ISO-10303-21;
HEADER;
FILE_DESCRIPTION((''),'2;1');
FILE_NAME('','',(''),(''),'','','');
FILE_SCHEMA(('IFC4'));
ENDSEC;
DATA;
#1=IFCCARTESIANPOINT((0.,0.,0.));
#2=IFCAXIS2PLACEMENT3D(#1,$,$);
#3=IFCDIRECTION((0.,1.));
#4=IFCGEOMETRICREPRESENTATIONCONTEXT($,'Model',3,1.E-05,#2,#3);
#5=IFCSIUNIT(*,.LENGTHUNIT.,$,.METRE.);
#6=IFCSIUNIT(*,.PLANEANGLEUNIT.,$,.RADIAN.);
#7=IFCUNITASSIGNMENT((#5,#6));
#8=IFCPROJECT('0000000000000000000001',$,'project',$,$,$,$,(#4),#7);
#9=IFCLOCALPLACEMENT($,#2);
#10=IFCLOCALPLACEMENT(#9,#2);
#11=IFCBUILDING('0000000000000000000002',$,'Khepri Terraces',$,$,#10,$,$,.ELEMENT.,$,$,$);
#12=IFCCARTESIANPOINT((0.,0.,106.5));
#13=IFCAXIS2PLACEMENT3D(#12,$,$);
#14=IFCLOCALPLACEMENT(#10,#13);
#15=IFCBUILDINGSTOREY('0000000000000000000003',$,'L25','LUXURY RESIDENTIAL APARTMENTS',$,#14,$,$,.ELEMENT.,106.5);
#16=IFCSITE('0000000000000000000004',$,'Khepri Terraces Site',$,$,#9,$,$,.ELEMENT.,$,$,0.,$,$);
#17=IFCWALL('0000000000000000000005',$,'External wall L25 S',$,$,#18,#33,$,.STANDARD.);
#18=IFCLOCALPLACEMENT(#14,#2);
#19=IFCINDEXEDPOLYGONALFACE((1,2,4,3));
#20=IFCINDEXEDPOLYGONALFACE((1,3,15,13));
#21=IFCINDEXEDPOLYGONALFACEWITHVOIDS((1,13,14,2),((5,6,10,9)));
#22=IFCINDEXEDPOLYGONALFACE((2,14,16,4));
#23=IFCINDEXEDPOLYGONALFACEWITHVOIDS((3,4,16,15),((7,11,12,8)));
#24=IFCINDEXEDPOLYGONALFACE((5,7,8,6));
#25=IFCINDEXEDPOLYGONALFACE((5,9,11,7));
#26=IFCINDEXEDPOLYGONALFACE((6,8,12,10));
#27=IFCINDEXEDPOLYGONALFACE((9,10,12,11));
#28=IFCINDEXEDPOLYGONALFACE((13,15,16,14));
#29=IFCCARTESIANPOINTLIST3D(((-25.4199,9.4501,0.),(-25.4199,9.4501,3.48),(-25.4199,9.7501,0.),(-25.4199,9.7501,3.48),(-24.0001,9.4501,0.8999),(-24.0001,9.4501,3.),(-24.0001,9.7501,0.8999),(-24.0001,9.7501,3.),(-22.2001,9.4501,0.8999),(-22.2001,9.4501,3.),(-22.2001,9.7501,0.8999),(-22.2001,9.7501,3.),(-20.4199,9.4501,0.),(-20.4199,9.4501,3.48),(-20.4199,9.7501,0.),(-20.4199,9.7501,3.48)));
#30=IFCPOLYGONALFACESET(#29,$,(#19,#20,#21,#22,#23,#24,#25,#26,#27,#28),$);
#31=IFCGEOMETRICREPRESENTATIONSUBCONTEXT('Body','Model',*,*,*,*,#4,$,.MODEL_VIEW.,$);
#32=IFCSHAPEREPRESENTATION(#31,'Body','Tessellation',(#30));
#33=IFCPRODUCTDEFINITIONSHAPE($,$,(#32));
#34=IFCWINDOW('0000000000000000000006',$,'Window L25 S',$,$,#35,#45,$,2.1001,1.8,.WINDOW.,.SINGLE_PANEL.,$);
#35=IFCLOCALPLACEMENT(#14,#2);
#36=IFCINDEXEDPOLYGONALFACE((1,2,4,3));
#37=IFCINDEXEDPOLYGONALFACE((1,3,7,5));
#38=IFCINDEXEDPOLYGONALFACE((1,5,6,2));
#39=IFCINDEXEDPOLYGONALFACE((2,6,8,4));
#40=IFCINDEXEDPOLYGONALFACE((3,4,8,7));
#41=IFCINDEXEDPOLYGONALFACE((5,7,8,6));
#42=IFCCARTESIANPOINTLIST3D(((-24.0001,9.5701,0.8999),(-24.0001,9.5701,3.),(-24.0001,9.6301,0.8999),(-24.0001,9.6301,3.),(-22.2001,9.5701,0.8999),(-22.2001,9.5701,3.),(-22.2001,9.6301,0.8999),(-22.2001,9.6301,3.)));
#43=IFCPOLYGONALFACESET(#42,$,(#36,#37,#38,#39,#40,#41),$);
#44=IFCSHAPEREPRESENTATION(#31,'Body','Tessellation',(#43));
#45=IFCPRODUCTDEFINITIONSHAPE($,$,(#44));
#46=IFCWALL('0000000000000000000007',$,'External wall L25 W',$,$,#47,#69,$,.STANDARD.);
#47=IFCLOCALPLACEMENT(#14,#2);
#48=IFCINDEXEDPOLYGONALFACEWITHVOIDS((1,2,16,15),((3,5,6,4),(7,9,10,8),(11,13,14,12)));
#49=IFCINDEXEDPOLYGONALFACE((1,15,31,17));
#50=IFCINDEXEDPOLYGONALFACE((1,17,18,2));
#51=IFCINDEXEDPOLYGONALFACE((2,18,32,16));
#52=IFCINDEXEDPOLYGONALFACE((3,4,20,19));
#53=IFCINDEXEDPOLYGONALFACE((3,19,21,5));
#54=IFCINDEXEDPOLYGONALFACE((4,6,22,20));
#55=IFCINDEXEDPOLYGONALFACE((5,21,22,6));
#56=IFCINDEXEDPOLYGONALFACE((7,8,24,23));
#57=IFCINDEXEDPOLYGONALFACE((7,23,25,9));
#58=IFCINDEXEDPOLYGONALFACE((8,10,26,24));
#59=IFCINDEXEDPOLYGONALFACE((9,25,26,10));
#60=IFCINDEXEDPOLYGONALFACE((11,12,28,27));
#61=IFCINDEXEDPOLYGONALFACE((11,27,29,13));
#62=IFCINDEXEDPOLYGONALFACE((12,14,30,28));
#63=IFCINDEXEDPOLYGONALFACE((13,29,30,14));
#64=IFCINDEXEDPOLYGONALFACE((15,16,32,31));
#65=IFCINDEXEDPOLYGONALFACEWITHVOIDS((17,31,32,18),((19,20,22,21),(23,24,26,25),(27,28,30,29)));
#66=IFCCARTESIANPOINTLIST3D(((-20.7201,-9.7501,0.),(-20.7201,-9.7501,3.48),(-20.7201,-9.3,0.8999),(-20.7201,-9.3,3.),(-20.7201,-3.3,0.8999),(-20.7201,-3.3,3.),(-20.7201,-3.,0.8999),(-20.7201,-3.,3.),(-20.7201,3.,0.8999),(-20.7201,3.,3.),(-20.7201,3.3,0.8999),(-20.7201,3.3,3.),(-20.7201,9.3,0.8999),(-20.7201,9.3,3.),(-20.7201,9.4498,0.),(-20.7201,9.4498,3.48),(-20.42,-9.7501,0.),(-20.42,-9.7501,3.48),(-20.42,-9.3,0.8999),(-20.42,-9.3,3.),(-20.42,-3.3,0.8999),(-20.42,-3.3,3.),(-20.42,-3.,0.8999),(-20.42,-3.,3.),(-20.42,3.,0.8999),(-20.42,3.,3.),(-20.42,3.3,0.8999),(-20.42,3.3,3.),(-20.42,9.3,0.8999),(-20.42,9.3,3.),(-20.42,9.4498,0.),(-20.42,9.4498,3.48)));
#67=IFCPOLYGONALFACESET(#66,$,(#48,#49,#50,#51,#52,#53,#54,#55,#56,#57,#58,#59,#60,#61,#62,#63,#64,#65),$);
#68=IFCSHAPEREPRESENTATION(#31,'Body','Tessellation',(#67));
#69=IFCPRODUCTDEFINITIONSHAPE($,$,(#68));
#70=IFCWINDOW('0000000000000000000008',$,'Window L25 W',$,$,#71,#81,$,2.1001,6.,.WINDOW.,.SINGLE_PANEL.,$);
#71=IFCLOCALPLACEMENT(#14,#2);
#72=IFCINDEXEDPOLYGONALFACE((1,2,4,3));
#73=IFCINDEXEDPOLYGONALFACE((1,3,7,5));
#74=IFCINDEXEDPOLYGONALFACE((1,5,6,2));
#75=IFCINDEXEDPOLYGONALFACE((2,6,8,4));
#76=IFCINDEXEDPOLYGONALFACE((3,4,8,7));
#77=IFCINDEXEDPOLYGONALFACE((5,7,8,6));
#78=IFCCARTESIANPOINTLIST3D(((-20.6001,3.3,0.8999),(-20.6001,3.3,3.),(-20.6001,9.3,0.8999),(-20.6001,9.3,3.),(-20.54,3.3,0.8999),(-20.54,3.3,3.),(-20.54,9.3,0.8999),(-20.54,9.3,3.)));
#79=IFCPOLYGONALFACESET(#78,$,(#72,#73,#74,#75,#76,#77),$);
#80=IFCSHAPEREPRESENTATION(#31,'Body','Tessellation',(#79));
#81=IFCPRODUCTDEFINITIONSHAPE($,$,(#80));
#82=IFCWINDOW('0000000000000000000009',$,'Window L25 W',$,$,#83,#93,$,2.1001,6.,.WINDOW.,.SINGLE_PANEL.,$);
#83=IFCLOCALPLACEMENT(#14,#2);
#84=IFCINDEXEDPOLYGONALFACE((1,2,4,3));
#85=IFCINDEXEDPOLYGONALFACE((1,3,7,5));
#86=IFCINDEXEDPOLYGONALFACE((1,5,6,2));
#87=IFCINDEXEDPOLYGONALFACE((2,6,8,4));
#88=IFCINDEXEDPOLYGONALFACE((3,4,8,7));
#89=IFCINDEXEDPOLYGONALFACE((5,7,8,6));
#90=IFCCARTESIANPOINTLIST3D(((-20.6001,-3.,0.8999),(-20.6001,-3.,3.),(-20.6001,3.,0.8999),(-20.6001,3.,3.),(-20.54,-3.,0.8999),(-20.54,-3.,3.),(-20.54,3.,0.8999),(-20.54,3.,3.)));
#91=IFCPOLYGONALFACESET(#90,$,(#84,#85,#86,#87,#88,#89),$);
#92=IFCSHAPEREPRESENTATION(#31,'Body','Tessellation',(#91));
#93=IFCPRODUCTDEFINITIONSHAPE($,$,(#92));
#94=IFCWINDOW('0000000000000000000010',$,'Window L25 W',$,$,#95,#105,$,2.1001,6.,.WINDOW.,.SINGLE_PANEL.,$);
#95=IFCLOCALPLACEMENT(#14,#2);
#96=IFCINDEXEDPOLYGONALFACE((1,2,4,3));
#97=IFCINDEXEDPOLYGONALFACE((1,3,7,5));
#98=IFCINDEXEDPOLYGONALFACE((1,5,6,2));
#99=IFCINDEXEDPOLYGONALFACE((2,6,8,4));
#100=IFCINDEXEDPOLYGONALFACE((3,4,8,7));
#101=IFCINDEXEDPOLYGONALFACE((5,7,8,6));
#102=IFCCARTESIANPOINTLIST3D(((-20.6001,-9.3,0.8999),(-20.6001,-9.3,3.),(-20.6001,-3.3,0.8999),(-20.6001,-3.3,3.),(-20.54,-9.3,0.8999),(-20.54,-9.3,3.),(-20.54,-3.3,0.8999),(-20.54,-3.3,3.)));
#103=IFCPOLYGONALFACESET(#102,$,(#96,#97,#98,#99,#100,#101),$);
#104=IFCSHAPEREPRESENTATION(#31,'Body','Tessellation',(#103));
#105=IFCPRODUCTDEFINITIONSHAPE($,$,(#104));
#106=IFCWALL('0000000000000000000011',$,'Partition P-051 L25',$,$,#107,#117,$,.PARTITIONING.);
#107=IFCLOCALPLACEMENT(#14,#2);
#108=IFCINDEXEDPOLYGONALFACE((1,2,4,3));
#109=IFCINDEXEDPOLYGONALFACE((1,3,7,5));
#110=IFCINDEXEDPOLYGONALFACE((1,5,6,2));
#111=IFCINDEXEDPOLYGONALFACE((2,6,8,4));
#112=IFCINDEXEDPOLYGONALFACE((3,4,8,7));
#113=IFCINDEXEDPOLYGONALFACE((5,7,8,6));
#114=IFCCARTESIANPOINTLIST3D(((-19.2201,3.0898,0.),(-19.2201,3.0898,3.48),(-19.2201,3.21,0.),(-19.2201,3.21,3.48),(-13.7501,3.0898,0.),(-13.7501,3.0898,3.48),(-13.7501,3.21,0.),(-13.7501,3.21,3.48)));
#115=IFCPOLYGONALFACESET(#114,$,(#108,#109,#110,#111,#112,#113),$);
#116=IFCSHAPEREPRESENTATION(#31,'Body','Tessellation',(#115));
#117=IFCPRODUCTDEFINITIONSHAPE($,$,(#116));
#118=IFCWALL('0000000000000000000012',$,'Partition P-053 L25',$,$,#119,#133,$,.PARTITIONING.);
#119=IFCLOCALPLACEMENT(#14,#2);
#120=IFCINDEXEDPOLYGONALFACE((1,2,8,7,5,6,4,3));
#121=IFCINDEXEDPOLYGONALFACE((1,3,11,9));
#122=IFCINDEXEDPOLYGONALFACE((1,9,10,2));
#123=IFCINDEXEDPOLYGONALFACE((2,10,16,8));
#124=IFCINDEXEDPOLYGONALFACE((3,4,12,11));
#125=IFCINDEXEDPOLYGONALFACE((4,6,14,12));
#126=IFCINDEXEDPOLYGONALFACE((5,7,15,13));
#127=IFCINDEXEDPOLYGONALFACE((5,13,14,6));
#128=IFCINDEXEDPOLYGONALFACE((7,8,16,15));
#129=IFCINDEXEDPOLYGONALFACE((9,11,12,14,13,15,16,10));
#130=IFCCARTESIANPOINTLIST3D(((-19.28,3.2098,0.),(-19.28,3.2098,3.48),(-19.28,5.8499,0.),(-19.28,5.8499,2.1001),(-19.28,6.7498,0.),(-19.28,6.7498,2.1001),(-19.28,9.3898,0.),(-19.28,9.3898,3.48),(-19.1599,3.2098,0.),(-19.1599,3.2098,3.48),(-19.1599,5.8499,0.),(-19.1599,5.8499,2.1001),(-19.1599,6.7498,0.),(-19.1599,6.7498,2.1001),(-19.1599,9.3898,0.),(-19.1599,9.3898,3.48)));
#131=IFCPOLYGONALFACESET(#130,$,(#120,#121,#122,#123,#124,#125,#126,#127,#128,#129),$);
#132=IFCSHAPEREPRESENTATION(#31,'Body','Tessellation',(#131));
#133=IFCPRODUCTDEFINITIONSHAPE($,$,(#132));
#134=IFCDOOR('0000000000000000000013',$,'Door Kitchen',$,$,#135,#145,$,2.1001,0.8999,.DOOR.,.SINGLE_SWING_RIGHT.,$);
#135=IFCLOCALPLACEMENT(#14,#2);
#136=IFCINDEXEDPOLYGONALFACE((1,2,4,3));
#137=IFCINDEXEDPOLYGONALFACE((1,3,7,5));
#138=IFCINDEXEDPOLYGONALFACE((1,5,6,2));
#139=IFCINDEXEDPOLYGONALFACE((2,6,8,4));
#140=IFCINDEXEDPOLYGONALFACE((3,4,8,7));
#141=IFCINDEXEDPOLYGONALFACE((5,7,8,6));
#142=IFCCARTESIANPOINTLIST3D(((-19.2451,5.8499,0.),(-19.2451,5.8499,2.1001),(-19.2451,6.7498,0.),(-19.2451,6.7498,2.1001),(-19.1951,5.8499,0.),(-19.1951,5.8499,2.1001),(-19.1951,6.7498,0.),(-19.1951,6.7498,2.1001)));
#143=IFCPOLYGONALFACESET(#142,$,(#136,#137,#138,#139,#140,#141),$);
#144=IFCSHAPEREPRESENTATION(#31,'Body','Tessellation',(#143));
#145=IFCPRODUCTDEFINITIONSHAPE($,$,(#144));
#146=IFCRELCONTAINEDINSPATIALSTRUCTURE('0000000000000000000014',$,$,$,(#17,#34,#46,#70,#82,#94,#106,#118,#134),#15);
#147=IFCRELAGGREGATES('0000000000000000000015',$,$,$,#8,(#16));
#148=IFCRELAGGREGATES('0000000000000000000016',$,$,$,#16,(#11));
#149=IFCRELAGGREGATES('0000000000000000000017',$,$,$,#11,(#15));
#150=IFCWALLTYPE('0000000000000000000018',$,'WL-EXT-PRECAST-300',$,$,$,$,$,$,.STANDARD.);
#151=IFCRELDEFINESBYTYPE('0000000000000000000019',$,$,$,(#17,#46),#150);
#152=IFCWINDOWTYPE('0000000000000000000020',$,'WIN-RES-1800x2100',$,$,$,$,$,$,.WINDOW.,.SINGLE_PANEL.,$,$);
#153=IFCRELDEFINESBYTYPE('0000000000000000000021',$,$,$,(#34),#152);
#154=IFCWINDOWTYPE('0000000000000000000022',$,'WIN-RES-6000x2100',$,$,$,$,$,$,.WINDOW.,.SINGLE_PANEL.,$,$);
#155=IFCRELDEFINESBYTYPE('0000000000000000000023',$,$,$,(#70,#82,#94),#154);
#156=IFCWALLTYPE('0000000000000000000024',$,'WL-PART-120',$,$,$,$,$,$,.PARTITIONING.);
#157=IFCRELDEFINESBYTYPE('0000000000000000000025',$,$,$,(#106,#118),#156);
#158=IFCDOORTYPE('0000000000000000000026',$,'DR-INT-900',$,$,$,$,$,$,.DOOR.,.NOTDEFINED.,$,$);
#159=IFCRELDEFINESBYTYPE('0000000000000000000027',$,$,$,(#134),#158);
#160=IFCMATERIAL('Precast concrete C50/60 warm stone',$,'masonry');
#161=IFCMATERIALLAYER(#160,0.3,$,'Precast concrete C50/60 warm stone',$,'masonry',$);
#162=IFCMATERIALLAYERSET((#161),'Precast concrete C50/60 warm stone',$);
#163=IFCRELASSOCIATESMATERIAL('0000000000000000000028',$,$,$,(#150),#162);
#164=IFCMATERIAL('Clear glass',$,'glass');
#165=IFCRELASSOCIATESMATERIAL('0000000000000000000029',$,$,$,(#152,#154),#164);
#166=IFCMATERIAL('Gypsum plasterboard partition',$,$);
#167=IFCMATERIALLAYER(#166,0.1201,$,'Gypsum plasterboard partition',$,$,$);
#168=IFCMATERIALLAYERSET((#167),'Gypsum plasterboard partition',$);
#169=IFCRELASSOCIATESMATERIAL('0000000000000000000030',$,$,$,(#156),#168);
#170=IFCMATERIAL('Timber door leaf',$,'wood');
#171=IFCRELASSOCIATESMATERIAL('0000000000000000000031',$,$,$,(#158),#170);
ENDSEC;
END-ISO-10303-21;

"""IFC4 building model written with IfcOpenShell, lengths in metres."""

from ifc_helpers import new_model, si_unit, direction, frame, frame_2d, origin, place, context, subcontext, project, spatial, rectangle, extrude, material, layer, layer_set, type_object, element, fill, save


model = new_model("IFC4")

# Units and contexts
model_context = context("Model", 3, precision=1e-05, world=origin(), true_north=direction((0.0, 1.0)))
body_context = subcontext(model_context, "Body", "Model", "MODEL_VIEW")
ifc_project = project(units=[si_unit("LENGTHUNIT", "METRE"), si_unit("PLANEANGLEUNIT", "RADIAN")], contexts=[model_context])

# Site, building, storey
site_placement = place(None, origin())
site = spatial("IfcSite", under=ifc_project, at=site_placement, Name="Khepri Terraces Site", CompositionType="ELEMENT", RefElevation=0.0)
building_placement = place(site_placement, origin())
building = spatial("IfcBuilding", under=site, at=building_placement, Name="Khepri Terraces", CompositionType="ELEMENT")
storey_placement = place(building_placement, frame((0.0, 0.0, 106.5)))
storey = spatial("IfcBuildingStorey", under=building, at=storey_placement, Name="L25", Description="LUXURY RESIDENTIAL APARTMENTS", CompositionType="ELEMENT", Elevation=106.5)

# Wall, opening, window
ifc_material_1 = material(Name="Precast concrete C50/60 warm stone", Category="masonry")
ifc_layer_1 = layer(ifc_material_1, 0.3, Name="Precast concrete C50/60 warm stone", Category="masonry")
ifc_layer_set_1 = layer_set([ifc_layer_1], Name="Precast concrete C50/60 warm stone")
wall_type_1 = type_object("IfcWallType", Name="WL-EXT-PRECAST-300", PredefinedType="STANDARD", material=ifc_layer_set_1)
wall_1_placement = place(storey_placement, frame((-25.4199, 9.6001, 0.0), z_axis=(0.0, 0.0, 1.0), x_axis=(1.0, 0.0, 0.0)))
wall_1 = element("IfcWall", 1, at=wall_1_placement, inside=storey, type_object=wall_type_1, Name="External wall L25 S", PredefinedType="STANDARD", context=body_context, shape_type="SweptSolid", body=[
    extrude(rectangle(XDim=5.0, YDim=0.3, at=frame_2d((2.5, 0.0))), origin(), (0.0, 0.0, 1.0), 3.48),
])
opening_1_placement = place(wall_1_placement, frame((1.4199, 0.0, 0.8999)))
opening_1 = element("IfcOpeningElement", 2, at=opening_1_placement, cuts=wall_1, PredefinedType="OPENING", context=body_context, shape_type="SweptSolid", body=[
    extrude(rectangle(XDim=1.8, YDim=2.1001, at=frame_2d((0.8999, 1.05))), frame((0.0, 0.1602, 0.0), z_axis=(0.0, -1.0, 0.0), x_axis=(1.0, 0.0, 0.0)), (0.0, 0.0, 1.0), 0.3201),
])
ifc_material_2 = material(Name="Clear glass", Category="glass")
window_type_1 = type_object("IfcWindowType", Name="WIN-RES-1800x2100", PartitioningType="SINGLE_PANEL", PredefinedType="WINDOW", material=ifc_material_2)
window_1_placement = place(opening_1_placement, origin())
window_1 = element("IfcWindow", 3, at=window_1_placement, inside=storey, type_object=window_type_1, Name="Window L25 S", OverallHeight=2.1001, OverallWidth=1.8, PartitioningType="SINGLE_PANEL", PredefinedType="WINDOW", context=body_context, shape_type="SweptSolid", body=[
    extrude(rectangle(XDim=1.8, YDim=2.1001, at=frame_2d((0.8999, 1.05))), frame((0.0, 0.03, 0.0), z_axis=(0.0, -1.0, 0.0), x_axis=(1.0, 0.0, 0.0)), (0.0, 0.0, 1.0), 0.0601),
])
fill(opening_1, window_1)

# Wall, openings, windows
wall_2_placement = place(storey_placement, frame((-20.5701, 9.45, 0.0), z_axis=(0.0, 0.0, 1.0), x_axis=(0.0, -1.0, 0.0)))
wall_2 = element("IfcWall", 4, at=wall_2_placement, inside=storey, type_object=wall_type_1, Name="External wall L25 W", PredefinedType="STANDARD", context=body_context, shape_type="SweptSolid", body=[
    extrude(rectangle(XDim=19.2, YDim=0.3, at=frame_2d((9.6001, 0.0))), origin(), (0.0, 0.0, 1.0), 3.48),
])
opening_2_placement = place(wall_2_placement, frame((0.1499, 0.0, 0.8999)))
opening_2 = element("IfcOpeningElement", 5, at=opening_2_placement, cuts=wall_2, PredefinedType="OPENING", context=body_context, shape_type="SweptSolid", body=[
    extrude(rectangle(XDim=6.0, YDim=2.1001, at=frame_2d((3.0, 1.05))), frame((0.0, 0.1602, 0.0), z_axis=(0.0, -1.0, 0.0), x_axis=(1.0, 0.0, 0.0)), (0.0, 0.0, 1.0), 0.3201),
])
opening_3_placement = place(wall_2_placement, frame((6.45, 0.0, 0.8999)))
opening_3 = element("IfcOpeningElement", 6, at=opening_3_placement, cuts=wall_2, PredefinedType="OPENING", context=body_context, shape_type="SweptSolid", body=[
    extrude(rectangle(XDim=6.0, YDim=2.1001, at=frame_2d((3.0, 1.05))), frame((0.0, 0.1602, 0.0), z_axis=(0.0, -1.0, 0.0), x_axis=(1.0, 0.0, 0.0)), (0.0, 0.0, 1.0), 0.3201),
])
opening_4_placement = place(wall_2_placement, frame((12.75, 0.0, 0.8999)))
opening_4 = element("IfcOpeningElement", 7, at=opening_4_placement, cuts=wall_2, PredefinedType="OPENING", context=body_context, shape_type="SweptSolid", body=[
    extrude(rectangle(XDim=6.0, YDim=2.1001, at=frame_2d((3.0, 1.05))), frame((0.0, 0.1602, 0.0), z_axis=(0.0, -1.0, 0.0), x_axis=(1.0, 0.0, 0.0)), (0.0, 0.0, 1.0), 0.3201),
])
window_type_2 = type_object("IfcWindowType", Name="WIN-RES-6000x2100", PartitioningType="SINGLE_PANEL", PredefinedType="WINDOW", material=ifc_material_2)
window_2_placement = place(opening_2_placement, origin())
window_2 = element("IfcWindow", 8, at=window_2_placement, inside=storey, type_object=window_type_2, Name="Window L25 W", OverallHeight=2.1001, OverallWidth=6.0, PartitioningType="SINGLE_PANEL", PredefinedType="WINDOW", context=body_context, shape_type="SweptSolid", body=[
    extrude(rectangle(XDim=6.0, YDim=2.1001, at=frame_2d((3.0, 1.05))), frame((0.0, 0.03, 0.0), z_axis=(0.0, -1.0, 0.0), x_axis=(1.0, 0.0, 0.0)), (0.0, 0.0, 1.0), 0.0601),
])
fill(opening_2, window_2)
window_3_placement = place(opening_3_placement, origin())
window_3 = element("IfcWindow", 9, at=window_3_placement, inside=storey, type_object=window_type_2, Name="Window L25 W", OverallHeight=2.1001, OverallWidth=6.0, PartitioningType="SINGLE_PANEL", PredefinedType="WINDOW", context=body_context, shape_type="SweptSolid", body=[
    extrude(rectangle(XDim=6.0, YDim=2.1001, at=frame_2d((3.0, 1.05))), frame((0.0, 0.03, 0.0), z_axis=(0.0, -1.0, 0.0), x_axis=(1.0, 0.0, 0.0)), (0.0, 0.0, 1.0), 0.0601),
])
fill(opening_3, window_3)
window_4_placement = place(opening_4_placement, origin())
window_4 = element("IfcWindow", 10, at=window_4_placement, inside=storey, type_object=window_type_2, Name="Window L25 W", OverallHeight=2.1001, OverallWidth=6.0, PartitioningType="SINGLE_PANEL", PredefinedType="WINDOW", context=body_context, shape_type="SweptSolid", body=[
    extrude(rectangle(XDim=6.0, YDim=2.1001, at=frame_2d((3.0, 1.05))), frame((0.0, 0.03, 0.0), z_axis=(0.0, -1.0, 0.0), x_axis=(1.0, 0.0, 0.0)), (0.0, 0.0, 1.0), 0.0601),
])
fill(opening_4, window_4)

# Wall
ifc_material_3 = material(Name="Gypsum plasterboard partition")
ifc_layer_2 = layer(ifc_material_3, 0.1201, Name="Gypsum plasterboard partition")
ifc_layer_set_2 = layer_set([ifc_layer_2], Name="Gypsum plasterboard partition")
wall_type_2 = type_object("IfcWallType", Name="WL-PART-120", PredefinedType="PARTITIONING", material=ifc_layer_set_2)
wall_3_placement = place(storey_placement, frame((-19.22, 3.1499, 0.0), z_axis=(0.0, 0.0, 1.0), x_axis=(1.0, 0.0, 0.0)))
element("IfcWall", 11, at=wall_3_placement, inside=storey, type_object=wall_type_2, Name="Partition P-051 L25", PredefinedType="PARTITIONING", context=body_context, shape_type="SweptSolid", body=[
    extrude(rectangle(XDim=5.47, YDim=0.1201, at=frame_2d((2.7349, 0.0))), origin(), (0.0, 0.0, 1.0), 3.48),
])

# Wall, opening, door
wall_4_placement = place(storey_placement, frame((-19.22, 3.21, 0.0), z_axis=(0.0, 0.0, 1.0), x_axis=(0.0, 1.0, 0.0)))
wall_4 = element("IfcWall", 12, at=wall_4_placement, inside=storey, type_object=wall_type_2, Name="Partition P-053 L25", PredefinedType="PARTITIONING", context=body_context, shape_type="SweptSolid", body=[
    extrude(rectangle(XDim=6.1799, YDim=0.1201, at=frame_2d((3.0898, 0.0))), origin(), (0.0, 0.0, 1.0), 3.48),
])
opening_5_placement = place(wall_4_placement, frame((2.6399, 0.0, 0.0)))
opening_5 = element("IfcOpeningElement", 13, at=opening_5_placement, cuts=wall_4, PredefinedType="OPENING", context=body_context, shape_type="SweptSolid", body=[
    extrude(rectangle(XDim=0.8999, YDim=2.1001, at=frame_2d((0.45, 1.05))), frame((0.0, 0.0701, 0.0), z_axis=(0.0, -1.0, 0.0), x_axis=(1.0, 0.0, 0.0)), (0.0, 0.0, 1.0), 0.1401),
])
ifc_material_4 = material(Name="Timber door leaf", Category="wood")
door_type_1 = type_object("IfcDoorType", Name="DR-INT-900", OperationType="NOTDEFINED", PredefinedType="DOOR", material=ifc_material_4)
door_1_placement = place(opening_5_placement, frame((0.8999, 0.0, 0.0), z_axis=(0.0, 0.0, 1.0), x_axis=(-1.0, 0.0, 0.0)))
door_1 = element("IfcDoor", 14, at=door_1_placement, inside=storey, type_object=door_type_1, Name="Door Kitchen", OperationType="SINGLE_SWING_RIGHT", OverallHeight=2.1001, OverallWidth=0.8999, PredefinedType="DOOR", context=body_context, shape_type="SweptSolid", body=[
    extrude(rectangle(XDim=0.8999, YDim=2.1001, at=frame_2d((0.45, 1.05))), frame((0.0, 0.0249, 0.0), z_axis=(0.0, -1.0, 0.0), x_axis=(1.0, 0.0, 0.0)), (0.0, 0.0, 1.0), 0.05),
])
fill(opening_5, door_1)

save(model, "model.ifc")
